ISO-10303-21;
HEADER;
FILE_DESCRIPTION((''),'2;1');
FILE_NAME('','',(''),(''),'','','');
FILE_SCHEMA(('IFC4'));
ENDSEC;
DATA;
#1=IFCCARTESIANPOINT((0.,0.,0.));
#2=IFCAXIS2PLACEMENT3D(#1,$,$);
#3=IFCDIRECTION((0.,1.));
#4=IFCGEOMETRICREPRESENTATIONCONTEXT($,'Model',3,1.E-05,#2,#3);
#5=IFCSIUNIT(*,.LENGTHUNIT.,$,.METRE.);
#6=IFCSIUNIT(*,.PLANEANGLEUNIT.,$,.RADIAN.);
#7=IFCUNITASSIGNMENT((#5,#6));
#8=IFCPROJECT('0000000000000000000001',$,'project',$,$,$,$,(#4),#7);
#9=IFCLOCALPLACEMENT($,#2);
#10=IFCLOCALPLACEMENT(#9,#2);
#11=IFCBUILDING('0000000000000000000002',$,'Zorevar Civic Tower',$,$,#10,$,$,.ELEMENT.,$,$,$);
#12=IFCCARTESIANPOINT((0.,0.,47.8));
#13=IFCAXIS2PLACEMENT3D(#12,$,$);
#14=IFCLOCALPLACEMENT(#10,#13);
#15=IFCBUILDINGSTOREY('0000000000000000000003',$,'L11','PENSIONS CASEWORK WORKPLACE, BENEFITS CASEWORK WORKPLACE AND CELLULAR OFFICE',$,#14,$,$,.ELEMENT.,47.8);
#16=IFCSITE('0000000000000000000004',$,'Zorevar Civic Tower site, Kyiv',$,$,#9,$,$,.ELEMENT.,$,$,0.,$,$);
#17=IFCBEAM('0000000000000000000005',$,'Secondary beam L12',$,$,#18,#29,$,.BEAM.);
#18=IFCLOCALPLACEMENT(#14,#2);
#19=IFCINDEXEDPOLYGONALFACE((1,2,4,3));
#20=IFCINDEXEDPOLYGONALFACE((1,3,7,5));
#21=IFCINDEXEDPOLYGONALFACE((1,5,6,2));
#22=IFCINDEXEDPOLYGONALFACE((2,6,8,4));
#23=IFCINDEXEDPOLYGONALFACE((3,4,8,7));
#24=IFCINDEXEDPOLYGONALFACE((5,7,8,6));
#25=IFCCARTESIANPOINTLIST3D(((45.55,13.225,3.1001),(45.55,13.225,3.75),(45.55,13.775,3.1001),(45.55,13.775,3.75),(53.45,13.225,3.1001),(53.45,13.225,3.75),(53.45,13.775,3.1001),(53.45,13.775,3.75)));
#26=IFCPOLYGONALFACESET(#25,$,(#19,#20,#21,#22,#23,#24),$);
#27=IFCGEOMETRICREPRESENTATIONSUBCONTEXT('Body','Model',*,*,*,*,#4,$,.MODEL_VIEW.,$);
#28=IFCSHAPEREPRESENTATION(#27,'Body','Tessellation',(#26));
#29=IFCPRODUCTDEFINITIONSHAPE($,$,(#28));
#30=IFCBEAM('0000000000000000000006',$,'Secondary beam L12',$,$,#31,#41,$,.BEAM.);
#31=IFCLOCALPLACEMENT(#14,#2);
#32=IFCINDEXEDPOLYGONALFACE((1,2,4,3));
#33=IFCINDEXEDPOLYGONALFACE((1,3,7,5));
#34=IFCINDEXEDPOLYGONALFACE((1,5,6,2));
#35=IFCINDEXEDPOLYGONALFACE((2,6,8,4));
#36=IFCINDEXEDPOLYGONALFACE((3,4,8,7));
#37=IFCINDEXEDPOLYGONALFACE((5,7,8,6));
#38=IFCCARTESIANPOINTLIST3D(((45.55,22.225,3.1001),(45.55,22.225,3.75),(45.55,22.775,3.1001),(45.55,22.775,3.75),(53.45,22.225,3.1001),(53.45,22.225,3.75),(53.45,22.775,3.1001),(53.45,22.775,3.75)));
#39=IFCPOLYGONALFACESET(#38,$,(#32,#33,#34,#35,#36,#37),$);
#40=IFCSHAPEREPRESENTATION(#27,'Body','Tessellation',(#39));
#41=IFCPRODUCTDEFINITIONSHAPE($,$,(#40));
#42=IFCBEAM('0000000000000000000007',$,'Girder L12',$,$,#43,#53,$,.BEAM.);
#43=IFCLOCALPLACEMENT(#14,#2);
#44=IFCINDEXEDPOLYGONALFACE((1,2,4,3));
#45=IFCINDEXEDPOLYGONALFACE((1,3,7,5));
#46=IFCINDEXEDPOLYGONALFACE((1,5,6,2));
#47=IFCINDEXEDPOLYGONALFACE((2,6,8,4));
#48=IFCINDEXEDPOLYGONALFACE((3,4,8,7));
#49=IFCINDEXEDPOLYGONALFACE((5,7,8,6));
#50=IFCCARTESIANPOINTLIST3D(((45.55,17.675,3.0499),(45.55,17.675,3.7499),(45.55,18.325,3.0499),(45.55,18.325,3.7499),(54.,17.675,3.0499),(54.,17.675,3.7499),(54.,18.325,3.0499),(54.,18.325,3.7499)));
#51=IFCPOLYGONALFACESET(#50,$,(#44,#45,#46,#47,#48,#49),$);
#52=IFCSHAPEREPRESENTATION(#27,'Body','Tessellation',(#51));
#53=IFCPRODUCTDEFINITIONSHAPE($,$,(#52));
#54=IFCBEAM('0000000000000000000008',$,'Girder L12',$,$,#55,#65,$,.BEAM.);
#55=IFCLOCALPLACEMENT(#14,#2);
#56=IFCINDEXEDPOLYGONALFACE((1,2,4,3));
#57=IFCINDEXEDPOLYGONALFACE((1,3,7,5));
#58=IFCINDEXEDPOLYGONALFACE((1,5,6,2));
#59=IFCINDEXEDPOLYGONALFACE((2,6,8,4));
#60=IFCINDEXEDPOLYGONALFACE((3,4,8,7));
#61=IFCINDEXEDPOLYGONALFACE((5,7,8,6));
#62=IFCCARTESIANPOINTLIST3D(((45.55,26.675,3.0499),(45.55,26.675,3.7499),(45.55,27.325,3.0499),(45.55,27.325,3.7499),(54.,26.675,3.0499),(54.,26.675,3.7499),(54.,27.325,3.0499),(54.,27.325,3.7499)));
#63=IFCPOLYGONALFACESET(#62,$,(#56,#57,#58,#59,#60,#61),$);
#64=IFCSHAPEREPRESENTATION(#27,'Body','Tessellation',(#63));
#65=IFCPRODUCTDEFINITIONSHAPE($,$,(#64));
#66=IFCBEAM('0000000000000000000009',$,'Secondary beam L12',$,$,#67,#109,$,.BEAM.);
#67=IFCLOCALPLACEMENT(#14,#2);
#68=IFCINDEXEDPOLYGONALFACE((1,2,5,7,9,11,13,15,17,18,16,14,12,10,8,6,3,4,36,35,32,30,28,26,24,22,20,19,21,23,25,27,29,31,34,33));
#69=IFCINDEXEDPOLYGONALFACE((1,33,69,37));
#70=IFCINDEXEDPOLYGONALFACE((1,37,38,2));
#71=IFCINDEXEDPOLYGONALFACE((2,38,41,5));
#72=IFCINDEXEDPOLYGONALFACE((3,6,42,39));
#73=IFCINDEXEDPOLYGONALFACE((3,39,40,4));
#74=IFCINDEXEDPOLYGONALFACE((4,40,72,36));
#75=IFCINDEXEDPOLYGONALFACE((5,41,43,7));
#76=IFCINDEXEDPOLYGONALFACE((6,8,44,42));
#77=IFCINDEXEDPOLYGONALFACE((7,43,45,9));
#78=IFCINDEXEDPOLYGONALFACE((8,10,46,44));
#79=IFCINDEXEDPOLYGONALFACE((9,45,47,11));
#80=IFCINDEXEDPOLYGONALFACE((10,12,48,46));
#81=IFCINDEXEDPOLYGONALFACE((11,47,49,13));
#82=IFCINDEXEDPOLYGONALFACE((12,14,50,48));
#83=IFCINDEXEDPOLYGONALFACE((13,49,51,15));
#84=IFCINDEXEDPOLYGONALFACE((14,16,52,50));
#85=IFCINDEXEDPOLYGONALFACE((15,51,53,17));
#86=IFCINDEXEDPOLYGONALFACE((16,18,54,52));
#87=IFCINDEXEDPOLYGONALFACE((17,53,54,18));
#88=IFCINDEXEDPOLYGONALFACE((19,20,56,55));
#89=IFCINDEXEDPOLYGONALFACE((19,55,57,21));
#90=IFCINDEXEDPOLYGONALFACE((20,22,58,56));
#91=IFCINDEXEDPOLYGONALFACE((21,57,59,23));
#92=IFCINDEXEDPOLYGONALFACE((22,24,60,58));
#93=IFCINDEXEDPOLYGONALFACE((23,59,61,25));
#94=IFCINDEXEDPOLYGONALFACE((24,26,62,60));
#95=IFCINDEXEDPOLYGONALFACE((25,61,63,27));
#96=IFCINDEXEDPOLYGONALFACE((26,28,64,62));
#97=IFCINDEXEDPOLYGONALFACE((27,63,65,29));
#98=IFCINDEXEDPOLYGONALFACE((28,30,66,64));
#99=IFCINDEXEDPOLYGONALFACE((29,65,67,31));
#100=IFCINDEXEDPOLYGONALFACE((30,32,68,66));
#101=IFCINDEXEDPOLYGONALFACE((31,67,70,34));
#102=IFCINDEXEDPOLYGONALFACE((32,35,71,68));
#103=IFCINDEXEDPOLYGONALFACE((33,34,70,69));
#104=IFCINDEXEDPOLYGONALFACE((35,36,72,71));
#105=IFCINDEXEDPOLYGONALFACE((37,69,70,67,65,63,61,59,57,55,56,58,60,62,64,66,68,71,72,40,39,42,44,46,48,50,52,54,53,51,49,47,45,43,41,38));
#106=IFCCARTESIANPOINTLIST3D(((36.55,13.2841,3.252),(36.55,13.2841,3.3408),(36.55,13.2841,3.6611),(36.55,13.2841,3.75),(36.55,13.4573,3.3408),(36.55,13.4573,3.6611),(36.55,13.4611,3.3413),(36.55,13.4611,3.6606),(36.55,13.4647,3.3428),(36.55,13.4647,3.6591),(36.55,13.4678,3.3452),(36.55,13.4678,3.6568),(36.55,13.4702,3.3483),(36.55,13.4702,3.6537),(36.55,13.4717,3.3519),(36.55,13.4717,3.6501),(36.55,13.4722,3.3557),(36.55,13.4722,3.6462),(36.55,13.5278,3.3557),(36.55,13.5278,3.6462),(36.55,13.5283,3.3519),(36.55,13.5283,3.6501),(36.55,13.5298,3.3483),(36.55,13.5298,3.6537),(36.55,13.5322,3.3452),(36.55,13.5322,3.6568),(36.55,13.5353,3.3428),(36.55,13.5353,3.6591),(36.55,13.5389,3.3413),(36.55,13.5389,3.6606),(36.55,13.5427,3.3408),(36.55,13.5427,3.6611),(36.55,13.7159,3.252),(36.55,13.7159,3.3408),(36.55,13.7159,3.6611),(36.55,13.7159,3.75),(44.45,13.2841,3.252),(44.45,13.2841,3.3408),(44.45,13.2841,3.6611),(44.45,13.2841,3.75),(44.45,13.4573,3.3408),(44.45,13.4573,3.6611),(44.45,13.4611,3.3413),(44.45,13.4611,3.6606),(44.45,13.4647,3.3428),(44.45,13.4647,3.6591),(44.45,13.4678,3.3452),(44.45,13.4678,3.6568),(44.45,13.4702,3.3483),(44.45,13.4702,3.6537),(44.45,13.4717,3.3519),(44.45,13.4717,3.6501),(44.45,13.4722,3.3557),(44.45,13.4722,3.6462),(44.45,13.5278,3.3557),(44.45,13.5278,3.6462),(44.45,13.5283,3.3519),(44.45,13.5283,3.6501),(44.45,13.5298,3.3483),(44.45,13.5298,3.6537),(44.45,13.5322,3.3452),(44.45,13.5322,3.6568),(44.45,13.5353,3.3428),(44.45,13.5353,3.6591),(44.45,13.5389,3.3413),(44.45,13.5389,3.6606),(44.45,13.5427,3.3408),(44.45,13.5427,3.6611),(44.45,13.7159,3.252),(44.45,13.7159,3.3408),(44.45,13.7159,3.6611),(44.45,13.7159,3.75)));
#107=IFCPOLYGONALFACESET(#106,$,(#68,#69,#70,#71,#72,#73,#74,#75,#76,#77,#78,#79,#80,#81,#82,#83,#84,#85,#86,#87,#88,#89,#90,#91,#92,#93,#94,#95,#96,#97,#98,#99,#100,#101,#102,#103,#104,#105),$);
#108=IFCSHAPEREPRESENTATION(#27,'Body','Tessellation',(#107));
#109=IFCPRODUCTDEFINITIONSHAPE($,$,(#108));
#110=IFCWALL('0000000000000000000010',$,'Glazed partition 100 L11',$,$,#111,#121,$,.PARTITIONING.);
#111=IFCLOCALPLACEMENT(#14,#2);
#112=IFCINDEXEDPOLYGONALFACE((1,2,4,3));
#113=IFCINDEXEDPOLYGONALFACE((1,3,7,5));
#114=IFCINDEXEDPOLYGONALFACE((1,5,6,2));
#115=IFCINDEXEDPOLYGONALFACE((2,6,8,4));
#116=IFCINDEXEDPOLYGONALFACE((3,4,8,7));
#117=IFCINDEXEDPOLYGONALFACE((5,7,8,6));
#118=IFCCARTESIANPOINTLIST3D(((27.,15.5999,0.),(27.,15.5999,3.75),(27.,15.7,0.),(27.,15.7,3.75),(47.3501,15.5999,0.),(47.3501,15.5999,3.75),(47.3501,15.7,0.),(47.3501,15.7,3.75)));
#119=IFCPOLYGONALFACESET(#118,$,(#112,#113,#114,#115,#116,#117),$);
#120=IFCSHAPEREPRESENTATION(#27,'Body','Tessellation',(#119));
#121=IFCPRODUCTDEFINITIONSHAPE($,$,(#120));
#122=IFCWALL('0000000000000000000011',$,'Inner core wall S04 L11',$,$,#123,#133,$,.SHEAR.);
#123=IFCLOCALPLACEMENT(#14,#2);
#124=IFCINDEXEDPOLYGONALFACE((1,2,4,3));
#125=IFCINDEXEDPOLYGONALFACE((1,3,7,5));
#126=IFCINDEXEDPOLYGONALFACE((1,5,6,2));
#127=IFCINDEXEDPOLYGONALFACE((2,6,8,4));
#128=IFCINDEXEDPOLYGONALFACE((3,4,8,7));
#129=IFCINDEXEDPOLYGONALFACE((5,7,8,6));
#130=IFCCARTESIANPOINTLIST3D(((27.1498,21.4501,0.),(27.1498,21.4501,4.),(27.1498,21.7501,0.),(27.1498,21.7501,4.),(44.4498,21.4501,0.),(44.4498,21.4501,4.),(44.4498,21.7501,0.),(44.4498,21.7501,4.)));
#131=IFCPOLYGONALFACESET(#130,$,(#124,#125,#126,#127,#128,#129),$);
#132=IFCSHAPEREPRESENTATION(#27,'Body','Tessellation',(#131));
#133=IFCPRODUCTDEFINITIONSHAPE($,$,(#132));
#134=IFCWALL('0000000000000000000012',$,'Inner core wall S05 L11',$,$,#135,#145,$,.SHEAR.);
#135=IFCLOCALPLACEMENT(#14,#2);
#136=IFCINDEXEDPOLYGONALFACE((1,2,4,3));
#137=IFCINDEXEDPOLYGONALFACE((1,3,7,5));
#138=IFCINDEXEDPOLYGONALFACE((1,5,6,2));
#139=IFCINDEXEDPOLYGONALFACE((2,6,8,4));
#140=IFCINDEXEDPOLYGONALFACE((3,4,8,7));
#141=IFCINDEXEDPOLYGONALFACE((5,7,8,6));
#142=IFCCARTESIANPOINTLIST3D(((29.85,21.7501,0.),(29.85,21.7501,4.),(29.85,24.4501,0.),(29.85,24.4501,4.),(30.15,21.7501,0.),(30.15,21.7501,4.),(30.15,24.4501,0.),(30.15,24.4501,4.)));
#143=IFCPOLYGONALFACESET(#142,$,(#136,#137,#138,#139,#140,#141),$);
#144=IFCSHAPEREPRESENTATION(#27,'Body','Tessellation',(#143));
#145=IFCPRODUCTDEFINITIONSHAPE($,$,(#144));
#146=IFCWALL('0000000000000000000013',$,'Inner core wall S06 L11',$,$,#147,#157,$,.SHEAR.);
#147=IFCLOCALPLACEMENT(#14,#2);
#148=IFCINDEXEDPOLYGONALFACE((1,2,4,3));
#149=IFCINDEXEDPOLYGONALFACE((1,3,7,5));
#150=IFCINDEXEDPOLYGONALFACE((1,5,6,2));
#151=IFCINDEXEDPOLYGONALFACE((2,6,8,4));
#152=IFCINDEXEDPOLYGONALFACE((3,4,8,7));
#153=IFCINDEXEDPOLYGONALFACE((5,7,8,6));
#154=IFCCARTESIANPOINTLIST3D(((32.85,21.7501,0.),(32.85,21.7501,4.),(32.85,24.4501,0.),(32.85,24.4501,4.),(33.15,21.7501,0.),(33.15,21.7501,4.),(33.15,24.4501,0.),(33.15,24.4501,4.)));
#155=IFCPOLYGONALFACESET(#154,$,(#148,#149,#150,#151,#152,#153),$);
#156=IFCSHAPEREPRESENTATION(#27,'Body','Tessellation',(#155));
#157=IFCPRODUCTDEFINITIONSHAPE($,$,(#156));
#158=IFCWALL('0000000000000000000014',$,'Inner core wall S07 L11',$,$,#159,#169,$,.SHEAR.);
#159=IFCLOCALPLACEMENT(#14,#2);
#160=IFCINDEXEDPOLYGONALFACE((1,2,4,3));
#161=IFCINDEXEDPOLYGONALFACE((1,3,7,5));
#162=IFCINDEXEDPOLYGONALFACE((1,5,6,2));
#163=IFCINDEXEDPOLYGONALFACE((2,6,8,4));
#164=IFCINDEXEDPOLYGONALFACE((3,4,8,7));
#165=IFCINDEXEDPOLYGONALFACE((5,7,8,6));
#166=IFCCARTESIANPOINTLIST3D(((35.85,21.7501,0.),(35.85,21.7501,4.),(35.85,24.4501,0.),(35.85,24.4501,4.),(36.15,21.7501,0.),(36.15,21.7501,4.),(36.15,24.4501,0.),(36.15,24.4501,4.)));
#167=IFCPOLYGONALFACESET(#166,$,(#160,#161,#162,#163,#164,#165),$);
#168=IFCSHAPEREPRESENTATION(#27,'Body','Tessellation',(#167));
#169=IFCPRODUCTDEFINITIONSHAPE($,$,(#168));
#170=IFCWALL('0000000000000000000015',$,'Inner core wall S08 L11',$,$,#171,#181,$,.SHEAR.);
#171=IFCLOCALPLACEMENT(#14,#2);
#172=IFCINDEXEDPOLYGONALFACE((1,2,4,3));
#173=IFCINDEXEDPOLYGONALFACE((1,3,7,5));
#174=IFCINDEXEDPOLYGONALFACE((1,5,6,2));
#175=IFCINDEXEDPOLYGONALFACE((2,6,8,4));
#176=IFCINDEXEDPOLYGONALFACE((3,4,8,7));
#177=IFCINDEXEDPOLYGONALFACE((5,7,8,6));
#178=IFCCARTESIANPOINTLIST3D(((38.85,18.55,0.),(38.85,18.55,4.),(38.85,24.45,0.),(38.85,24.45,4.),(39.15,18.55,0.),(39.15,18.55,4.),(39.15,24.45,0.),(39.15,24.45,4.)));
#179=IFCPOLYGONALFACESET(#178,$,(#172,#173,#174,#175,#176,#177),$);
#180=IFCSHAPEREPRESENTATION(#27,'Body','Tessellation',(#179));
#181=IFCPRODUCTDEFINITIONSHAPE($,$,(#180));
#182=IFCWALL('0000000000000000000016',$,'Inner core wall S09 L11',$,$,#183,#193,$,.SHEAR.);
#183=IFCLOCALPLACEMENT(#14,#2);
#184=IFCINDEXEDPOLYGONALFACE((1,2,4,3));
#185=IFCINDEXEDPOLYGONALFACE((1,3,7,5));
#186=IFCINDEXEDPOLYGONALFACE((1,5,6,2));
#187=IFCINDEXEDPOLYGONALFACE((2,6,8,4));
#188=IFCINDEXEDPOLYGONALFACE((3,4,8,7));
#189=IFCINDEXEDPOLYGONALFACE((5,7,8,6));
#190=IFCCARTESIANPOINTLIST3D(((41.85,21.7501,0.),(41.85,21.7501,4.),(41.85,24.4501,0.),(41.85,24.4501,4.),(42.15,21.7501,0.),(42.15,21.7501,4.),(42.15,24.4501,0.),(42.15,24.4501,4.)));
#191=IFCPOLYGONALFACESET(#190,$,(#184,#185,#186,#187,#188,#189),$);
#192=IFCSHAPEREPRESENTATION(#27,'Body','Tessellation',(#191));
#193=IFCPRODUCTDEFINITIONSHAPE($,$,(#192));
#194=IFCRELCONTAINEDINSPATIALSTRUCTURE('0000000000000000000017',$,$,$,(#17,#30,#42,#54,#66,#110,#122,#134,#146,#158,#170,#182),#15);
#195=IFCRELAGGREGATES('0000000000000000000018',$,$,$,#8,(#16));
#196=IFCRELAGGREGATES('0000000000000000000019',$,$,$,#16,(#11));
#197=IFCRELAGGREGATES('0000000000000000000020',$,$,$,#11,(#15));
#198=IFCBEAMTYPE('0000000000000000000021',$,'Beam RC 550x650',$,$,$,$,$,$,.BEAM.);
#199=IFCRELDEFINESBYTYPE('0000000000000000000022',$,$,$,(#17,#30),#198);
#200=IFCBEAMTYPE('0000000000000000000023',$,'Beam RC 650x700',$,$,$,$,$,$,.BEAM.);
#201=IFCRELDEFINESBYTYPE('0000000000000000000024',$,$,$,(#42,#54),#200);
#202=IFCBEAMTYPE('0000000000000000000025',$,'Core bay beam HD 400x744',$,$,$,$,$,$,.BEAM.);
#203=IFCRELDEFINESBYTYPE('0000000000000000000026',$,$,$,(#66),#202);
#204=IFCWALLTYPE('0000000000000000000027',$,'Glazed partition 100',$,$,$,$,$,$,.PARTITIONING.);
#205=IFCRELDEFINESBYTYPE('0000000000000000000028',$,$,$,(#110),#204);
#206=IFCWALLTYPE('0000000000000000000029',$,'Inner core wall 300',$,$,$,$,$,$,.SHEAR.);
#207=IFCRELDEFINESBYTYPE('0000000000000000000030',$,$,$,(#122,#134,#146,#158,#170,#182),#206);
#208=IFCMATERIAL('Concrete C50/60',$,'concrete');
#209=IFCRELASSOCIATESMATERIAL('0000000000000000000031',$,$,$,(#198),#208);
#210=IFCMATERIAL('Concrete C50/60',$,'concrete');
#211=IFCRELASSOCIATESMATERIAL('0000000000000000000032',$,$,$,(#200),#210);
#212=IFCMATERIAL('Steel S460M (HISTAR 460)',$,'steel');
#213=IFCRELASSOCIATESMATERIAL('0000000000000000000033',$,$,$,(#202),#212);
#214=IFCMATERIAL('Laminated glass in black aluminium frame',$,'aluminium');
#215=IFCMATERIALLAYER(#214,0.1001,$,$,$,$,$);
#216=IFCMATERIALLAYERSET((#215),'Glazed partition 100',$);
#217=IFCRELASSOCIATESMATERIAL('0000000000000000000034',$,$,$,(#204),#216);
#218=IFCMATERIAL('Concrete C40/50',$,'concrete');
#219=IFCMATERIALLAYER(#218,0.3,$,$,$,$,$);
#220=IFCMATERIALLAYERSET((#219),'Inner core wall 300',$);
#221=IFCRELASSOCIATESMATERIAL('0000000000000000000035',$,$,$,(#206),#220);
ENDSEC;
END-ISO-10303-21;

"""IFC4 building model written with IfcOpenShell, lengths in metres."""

from ifc_helpers import new_model, si_unit, direction, frame, frame_2d, origin, origin_2d, place, context, subcontext, project, spatial, rectangle, i_section, extrude, material, layer, layer_set, material_profile, profile_set, type_object, element, save


model = new_model("IFC4")

# Units and contexts
model_context = context("Model", 3, precision=1e-05, world=origin(), true_north=direction((0.0, 1.0)))
body_context = subcontext(model_context, "Body", "Model", "MODEL_VIEW")
ifc_project = project(units=[si_unit("LENGTHUNIT", "METRE"), si_unit("PLANEANGLEUNIT", "RADIAN")], contexts=[model_context])

# Site, building, storey
site_placement = place(None, origin())
site = spatial("IfcSite", under=ifc_project, at=site_placement, Name="Zorevar Civic Tower site, Kyiv", CompositionType="ELEMENT", RefElevation=0.0)
building_placement = place(site_placement, origin())
building = spatial("IfcBuilding", under=site, at=building_placement, Name="Zorevar Civic Tower", CompositionType="ELEMENT")
storey_placement = place(building_placement, frame((0.0, 0.0, 47.8)))
storey = spatial("IfcBuildingStorey", under=building, at=storey_placement, Name="L11", Description="PENSIONS CASEWORK WORKPLACE, BENEFITS CASEWORK WORKPLACE AND CELLULAR OFFICE", CompositionType="ELEMENT", Elevation=47.8)

# Beams
ifc_material_1 = material(Name="Concrete C50/60", Category="concrete")
ifc_material_profile_1 = material_profile(ifc_material_1, rectangle(XDim=0.55, YDim=0.6499, at=origin_2d()), Name="RC 550x650")
ifc_profile_set_1 = profile_set([ifc_material_profile_1], Name="Concrete C50/60")
beam_type_1 = type_object("IfcBeamType", Name="Beam RC 550x650", PredefinedType="BEAM", material=ifc_profile_set_1)
for number, where, z_axis, x_axis, name in (
    (1, (45.55, 13.5, 3.425), (1.0, 0.0, 0.0), (0.0, 1.0, 0.0), "Secondary beam L12"),
    (2, (45.55, 22.5, 3.425), (1.0, 0.0, 0.0), (0.0, 1.0, 0.0), "Secondary beam L12"),
):
    element("IfcBeam", number, at=place(storey_placement, frame(where, z_axis=z_axis, x_axis=x_axis)), inside=storey, type_object=beam_type_1, Name=name, PredefinedType="BEAM", context=body_context, shape_type="SweptSolid", body=[
        extrude(rectangle(XDim=0.55, YDim=0.6499, at=origin_2d()), origin(), (0.0, 0.0, 1.0), 7.8999),
    ])
ifc_material_2 = material(Name="Concrete C50/60", Category="concrete")
ifc_material_profile_2 = material_profile(ifc_material_2, rectangle(XDim=0.6499, YDim=0.7, at=origin_2d()), Name="RC 650x700")
ifc_profile_set_2 = profile_set([ifc_material_profile_2], Name="Concrete C50/60")
beam_type_2 = type_object("IfcBeamType", Name="Beam RC 650x700", PredefinedType="BEAM", material=ifc_profile_set_2)
for number, where, z_axis, x_axis, name in (
    (3, (45.55, 18.0, 3.3999), (1.0, 0.0, 0.0), (0.0, 1.0, 0.0), "Girder L12"),
    (4, (45.55, 27.0, 3.3999), (1.0, 0.0, 0.0), (0.0, 1.0, 0.0), "Girder L12"),
):
    element("IfcBeam", number, at=place(storey_placement, frame(where, z_axis=z_axis, x_axis=x_axis)), inside=storey, type_object=beam_type_2, Name=name, PredefinedType="BEAM", context=body_context, shape_type="SweptSolid", body=[
        extrude(rectangle(XDim=0.6499, YDim=0.7, at=origin_2d()), origin(), (0.0, 0.0, 1.0), 8.45),
    ])
ifc_material_3 = material(Name="Steel S460M (HISTAR 460)", Category="steel")
ifc_material_profile_3 = material_profile(ifc_material_3, i_section(OverallWidth=0.4319, OverallDepth=0.498, WebThickness=0.0557, FlangeThickness=0.0889, FilletRadius=0.0149, at=origin_2d()), Name="HD 400x744")
ifc_profile_set_3 = profile_set([ifc_material_profile_3], Name="Steel S460M (HISTAR 460)")
beam_type_3 = type_object("IfcBeamType", Name="Core bay beam HD 400x744", PredefinedType="BEAM", material=ifc_profile_set_3)
beam_placement = place(storey_placement, frame((36.55, 13.5, 3.501), z_axis=(1.0, 0.0, 0.0), x_axis=(0.0, 1.0, 0.0)))
element("IfcBeam", 5, at=beam_placement, inside=storey, type_object=beam_type_3, Name="Secondary beam L12", PredefinedType="BEAM", context=body_context, shape_type="SweptSolid", body=[
    extrude(i_section(OverallWidth=0.4319, OverallDepth=0.498, WebThickness=0.0557, FlangeThickness=0.0889, FilletRadius=0.0149, at=origin_2d()), origin(), (0.0, 0.0, 1.0), 7.8999),
])

# Walls
ifc_material_4 = material(Name="Laminated glass in black aluminium frame", Category="aluminium")
ifc_layer_1 = layer(ifc_material_4, 0.1001)
ifc_layer_set_1 = layer_set([ifc_layer_1], Name="Glazed partition 100")
wall_type_1 = type_object("IfcWallType", Name="Glazed partition 100", PredefinedType="PARTITIONING", material=ifc_layer_set_1)
wall_1_placement = place(storey_placement, frame((27.0, 15.6499, 0.0), z_axis=(0.0, 0.0, 1.0), x_axis=(1.0, 0.0, 0.0)))
element("IfcWall", 6, at=wall_1_placement, inside=storey, type_object=wall_type_1, Name="Glazed partition 100 L11", PredefinedType="PARTITIONING", context=body_context, shape_type="SweptSolid", body=[
    extrude(rectangle(XDim=20.3501, YDim=0.1001, at=frame_2d((10.175, 0.0))), origin(), (0.0, 0.0, 1.0), 3.75),
])
ifc_material_5 = material(Name="Concrete C40/50", Category="concrete")
ifc_layer_2 = layer(ifc_material_5, 0.3)
ifc_layer_set_2 = layer_set([ifc_layer_2], Name="Inner core wall 300")
wall_type_2 = type_object("IfcWallType", Name="Inner core wall 300", PredefinedType="SHEAR", material=ifc_layer_set_2)
wall_2_placement = place(storey_placement, frame((27.1499, 21.6001, 0.0), z_axis=(0.0, 0.0, 1.0), x_axis=(1.0, 0.0, 0.0)))
element("IfcWall", 7, at=wall_2_placement, inside=storey, type_object=wall_type_2, Name="Inner core wall S04 L11", PredefinedType="SHEAR", context=body_context, shape_type="SweptSolid", body=[
    extrude(rectangle(XDim=17.3, YDim=0.3, at=frame_2d((8.6499, 0.0))), origin(), (0.0, 0.0, 1.0), 4.0),
])
for number, where, z_axis, x_axis, name in (
    (8, (30.0, 21.75, 0.0), (0.0, 0.0, 1.0), (0.0, 1.0, 0.0), "Inner core wall S05 L11"),
    (9, (33.0, 21.75, 0.0), (0.0, 0.0, 1.0), (0.0, 1.0, 0.0), "Inner core wall S06 L11"),
    (10, (36.0, 21.75, 0.0), (0.0, 0.0, 1.0), (0.0, 1.0, 0.0), "Inner core wall S07 L11"),
):
    element("IfcWall", number, at=place(storey_placement, frame(where, z_axis=z_axis, x_axis=x_axis)), inside=storey, type_object=wall_type_2, Name=name, PredefinedType="SHEAR", context=body_context, shape_type="SweptSolid", body=[
        extrude(rectangle(XDim=2.7, YDim=0.3, at=frame_2d((1.3501, 0.0))), origin(), (0.0, 0.0, 1.0), 4.0),
    ])
wall_3_placement = place(storey_placement, frame((39.0, 18.55, 0.0), z_axis=(0.0, 0.0, 1.0), x_axis=(0.0, 1.0, 0.0)))
element("IfcWall", 11, at=wall_3_placement, inside=storey, type_object=wall_type_2, Name="Inner core wall S08 L11", PredefinedType="SHEAR", context=body_context, shape_type="SweptSolid", body=[
    extrude(rectangle(XDim=5.8999, YDim=0.3, at=frame_2d((2.95, 0.0))), origin(), (0.0, 0.0, 1.0), 4.0),
])
wall_4_placement = place(storey_placement, frame((42.0, 21.75, 0.0), z_axis=(0.0, 0.0, 1.0), x_axis=(0.0, 1.0, 0.0)))
element("IfcWall", 12, at=wall_4_placement, inside=storey, type_object=wall_type_2, Name="Inner core wall S09 L11", PredefinedType="SHEAR", context=body_context, shape_type="SweptSolid", body=[
    extrude(rectangle(XDim=2.7, YDim=0.3, at=frame_2d((1.3501, 0.0))), origin(), (0.0, 0.0, 1.0), 4.0),
])

save(model, "model.ifc")
